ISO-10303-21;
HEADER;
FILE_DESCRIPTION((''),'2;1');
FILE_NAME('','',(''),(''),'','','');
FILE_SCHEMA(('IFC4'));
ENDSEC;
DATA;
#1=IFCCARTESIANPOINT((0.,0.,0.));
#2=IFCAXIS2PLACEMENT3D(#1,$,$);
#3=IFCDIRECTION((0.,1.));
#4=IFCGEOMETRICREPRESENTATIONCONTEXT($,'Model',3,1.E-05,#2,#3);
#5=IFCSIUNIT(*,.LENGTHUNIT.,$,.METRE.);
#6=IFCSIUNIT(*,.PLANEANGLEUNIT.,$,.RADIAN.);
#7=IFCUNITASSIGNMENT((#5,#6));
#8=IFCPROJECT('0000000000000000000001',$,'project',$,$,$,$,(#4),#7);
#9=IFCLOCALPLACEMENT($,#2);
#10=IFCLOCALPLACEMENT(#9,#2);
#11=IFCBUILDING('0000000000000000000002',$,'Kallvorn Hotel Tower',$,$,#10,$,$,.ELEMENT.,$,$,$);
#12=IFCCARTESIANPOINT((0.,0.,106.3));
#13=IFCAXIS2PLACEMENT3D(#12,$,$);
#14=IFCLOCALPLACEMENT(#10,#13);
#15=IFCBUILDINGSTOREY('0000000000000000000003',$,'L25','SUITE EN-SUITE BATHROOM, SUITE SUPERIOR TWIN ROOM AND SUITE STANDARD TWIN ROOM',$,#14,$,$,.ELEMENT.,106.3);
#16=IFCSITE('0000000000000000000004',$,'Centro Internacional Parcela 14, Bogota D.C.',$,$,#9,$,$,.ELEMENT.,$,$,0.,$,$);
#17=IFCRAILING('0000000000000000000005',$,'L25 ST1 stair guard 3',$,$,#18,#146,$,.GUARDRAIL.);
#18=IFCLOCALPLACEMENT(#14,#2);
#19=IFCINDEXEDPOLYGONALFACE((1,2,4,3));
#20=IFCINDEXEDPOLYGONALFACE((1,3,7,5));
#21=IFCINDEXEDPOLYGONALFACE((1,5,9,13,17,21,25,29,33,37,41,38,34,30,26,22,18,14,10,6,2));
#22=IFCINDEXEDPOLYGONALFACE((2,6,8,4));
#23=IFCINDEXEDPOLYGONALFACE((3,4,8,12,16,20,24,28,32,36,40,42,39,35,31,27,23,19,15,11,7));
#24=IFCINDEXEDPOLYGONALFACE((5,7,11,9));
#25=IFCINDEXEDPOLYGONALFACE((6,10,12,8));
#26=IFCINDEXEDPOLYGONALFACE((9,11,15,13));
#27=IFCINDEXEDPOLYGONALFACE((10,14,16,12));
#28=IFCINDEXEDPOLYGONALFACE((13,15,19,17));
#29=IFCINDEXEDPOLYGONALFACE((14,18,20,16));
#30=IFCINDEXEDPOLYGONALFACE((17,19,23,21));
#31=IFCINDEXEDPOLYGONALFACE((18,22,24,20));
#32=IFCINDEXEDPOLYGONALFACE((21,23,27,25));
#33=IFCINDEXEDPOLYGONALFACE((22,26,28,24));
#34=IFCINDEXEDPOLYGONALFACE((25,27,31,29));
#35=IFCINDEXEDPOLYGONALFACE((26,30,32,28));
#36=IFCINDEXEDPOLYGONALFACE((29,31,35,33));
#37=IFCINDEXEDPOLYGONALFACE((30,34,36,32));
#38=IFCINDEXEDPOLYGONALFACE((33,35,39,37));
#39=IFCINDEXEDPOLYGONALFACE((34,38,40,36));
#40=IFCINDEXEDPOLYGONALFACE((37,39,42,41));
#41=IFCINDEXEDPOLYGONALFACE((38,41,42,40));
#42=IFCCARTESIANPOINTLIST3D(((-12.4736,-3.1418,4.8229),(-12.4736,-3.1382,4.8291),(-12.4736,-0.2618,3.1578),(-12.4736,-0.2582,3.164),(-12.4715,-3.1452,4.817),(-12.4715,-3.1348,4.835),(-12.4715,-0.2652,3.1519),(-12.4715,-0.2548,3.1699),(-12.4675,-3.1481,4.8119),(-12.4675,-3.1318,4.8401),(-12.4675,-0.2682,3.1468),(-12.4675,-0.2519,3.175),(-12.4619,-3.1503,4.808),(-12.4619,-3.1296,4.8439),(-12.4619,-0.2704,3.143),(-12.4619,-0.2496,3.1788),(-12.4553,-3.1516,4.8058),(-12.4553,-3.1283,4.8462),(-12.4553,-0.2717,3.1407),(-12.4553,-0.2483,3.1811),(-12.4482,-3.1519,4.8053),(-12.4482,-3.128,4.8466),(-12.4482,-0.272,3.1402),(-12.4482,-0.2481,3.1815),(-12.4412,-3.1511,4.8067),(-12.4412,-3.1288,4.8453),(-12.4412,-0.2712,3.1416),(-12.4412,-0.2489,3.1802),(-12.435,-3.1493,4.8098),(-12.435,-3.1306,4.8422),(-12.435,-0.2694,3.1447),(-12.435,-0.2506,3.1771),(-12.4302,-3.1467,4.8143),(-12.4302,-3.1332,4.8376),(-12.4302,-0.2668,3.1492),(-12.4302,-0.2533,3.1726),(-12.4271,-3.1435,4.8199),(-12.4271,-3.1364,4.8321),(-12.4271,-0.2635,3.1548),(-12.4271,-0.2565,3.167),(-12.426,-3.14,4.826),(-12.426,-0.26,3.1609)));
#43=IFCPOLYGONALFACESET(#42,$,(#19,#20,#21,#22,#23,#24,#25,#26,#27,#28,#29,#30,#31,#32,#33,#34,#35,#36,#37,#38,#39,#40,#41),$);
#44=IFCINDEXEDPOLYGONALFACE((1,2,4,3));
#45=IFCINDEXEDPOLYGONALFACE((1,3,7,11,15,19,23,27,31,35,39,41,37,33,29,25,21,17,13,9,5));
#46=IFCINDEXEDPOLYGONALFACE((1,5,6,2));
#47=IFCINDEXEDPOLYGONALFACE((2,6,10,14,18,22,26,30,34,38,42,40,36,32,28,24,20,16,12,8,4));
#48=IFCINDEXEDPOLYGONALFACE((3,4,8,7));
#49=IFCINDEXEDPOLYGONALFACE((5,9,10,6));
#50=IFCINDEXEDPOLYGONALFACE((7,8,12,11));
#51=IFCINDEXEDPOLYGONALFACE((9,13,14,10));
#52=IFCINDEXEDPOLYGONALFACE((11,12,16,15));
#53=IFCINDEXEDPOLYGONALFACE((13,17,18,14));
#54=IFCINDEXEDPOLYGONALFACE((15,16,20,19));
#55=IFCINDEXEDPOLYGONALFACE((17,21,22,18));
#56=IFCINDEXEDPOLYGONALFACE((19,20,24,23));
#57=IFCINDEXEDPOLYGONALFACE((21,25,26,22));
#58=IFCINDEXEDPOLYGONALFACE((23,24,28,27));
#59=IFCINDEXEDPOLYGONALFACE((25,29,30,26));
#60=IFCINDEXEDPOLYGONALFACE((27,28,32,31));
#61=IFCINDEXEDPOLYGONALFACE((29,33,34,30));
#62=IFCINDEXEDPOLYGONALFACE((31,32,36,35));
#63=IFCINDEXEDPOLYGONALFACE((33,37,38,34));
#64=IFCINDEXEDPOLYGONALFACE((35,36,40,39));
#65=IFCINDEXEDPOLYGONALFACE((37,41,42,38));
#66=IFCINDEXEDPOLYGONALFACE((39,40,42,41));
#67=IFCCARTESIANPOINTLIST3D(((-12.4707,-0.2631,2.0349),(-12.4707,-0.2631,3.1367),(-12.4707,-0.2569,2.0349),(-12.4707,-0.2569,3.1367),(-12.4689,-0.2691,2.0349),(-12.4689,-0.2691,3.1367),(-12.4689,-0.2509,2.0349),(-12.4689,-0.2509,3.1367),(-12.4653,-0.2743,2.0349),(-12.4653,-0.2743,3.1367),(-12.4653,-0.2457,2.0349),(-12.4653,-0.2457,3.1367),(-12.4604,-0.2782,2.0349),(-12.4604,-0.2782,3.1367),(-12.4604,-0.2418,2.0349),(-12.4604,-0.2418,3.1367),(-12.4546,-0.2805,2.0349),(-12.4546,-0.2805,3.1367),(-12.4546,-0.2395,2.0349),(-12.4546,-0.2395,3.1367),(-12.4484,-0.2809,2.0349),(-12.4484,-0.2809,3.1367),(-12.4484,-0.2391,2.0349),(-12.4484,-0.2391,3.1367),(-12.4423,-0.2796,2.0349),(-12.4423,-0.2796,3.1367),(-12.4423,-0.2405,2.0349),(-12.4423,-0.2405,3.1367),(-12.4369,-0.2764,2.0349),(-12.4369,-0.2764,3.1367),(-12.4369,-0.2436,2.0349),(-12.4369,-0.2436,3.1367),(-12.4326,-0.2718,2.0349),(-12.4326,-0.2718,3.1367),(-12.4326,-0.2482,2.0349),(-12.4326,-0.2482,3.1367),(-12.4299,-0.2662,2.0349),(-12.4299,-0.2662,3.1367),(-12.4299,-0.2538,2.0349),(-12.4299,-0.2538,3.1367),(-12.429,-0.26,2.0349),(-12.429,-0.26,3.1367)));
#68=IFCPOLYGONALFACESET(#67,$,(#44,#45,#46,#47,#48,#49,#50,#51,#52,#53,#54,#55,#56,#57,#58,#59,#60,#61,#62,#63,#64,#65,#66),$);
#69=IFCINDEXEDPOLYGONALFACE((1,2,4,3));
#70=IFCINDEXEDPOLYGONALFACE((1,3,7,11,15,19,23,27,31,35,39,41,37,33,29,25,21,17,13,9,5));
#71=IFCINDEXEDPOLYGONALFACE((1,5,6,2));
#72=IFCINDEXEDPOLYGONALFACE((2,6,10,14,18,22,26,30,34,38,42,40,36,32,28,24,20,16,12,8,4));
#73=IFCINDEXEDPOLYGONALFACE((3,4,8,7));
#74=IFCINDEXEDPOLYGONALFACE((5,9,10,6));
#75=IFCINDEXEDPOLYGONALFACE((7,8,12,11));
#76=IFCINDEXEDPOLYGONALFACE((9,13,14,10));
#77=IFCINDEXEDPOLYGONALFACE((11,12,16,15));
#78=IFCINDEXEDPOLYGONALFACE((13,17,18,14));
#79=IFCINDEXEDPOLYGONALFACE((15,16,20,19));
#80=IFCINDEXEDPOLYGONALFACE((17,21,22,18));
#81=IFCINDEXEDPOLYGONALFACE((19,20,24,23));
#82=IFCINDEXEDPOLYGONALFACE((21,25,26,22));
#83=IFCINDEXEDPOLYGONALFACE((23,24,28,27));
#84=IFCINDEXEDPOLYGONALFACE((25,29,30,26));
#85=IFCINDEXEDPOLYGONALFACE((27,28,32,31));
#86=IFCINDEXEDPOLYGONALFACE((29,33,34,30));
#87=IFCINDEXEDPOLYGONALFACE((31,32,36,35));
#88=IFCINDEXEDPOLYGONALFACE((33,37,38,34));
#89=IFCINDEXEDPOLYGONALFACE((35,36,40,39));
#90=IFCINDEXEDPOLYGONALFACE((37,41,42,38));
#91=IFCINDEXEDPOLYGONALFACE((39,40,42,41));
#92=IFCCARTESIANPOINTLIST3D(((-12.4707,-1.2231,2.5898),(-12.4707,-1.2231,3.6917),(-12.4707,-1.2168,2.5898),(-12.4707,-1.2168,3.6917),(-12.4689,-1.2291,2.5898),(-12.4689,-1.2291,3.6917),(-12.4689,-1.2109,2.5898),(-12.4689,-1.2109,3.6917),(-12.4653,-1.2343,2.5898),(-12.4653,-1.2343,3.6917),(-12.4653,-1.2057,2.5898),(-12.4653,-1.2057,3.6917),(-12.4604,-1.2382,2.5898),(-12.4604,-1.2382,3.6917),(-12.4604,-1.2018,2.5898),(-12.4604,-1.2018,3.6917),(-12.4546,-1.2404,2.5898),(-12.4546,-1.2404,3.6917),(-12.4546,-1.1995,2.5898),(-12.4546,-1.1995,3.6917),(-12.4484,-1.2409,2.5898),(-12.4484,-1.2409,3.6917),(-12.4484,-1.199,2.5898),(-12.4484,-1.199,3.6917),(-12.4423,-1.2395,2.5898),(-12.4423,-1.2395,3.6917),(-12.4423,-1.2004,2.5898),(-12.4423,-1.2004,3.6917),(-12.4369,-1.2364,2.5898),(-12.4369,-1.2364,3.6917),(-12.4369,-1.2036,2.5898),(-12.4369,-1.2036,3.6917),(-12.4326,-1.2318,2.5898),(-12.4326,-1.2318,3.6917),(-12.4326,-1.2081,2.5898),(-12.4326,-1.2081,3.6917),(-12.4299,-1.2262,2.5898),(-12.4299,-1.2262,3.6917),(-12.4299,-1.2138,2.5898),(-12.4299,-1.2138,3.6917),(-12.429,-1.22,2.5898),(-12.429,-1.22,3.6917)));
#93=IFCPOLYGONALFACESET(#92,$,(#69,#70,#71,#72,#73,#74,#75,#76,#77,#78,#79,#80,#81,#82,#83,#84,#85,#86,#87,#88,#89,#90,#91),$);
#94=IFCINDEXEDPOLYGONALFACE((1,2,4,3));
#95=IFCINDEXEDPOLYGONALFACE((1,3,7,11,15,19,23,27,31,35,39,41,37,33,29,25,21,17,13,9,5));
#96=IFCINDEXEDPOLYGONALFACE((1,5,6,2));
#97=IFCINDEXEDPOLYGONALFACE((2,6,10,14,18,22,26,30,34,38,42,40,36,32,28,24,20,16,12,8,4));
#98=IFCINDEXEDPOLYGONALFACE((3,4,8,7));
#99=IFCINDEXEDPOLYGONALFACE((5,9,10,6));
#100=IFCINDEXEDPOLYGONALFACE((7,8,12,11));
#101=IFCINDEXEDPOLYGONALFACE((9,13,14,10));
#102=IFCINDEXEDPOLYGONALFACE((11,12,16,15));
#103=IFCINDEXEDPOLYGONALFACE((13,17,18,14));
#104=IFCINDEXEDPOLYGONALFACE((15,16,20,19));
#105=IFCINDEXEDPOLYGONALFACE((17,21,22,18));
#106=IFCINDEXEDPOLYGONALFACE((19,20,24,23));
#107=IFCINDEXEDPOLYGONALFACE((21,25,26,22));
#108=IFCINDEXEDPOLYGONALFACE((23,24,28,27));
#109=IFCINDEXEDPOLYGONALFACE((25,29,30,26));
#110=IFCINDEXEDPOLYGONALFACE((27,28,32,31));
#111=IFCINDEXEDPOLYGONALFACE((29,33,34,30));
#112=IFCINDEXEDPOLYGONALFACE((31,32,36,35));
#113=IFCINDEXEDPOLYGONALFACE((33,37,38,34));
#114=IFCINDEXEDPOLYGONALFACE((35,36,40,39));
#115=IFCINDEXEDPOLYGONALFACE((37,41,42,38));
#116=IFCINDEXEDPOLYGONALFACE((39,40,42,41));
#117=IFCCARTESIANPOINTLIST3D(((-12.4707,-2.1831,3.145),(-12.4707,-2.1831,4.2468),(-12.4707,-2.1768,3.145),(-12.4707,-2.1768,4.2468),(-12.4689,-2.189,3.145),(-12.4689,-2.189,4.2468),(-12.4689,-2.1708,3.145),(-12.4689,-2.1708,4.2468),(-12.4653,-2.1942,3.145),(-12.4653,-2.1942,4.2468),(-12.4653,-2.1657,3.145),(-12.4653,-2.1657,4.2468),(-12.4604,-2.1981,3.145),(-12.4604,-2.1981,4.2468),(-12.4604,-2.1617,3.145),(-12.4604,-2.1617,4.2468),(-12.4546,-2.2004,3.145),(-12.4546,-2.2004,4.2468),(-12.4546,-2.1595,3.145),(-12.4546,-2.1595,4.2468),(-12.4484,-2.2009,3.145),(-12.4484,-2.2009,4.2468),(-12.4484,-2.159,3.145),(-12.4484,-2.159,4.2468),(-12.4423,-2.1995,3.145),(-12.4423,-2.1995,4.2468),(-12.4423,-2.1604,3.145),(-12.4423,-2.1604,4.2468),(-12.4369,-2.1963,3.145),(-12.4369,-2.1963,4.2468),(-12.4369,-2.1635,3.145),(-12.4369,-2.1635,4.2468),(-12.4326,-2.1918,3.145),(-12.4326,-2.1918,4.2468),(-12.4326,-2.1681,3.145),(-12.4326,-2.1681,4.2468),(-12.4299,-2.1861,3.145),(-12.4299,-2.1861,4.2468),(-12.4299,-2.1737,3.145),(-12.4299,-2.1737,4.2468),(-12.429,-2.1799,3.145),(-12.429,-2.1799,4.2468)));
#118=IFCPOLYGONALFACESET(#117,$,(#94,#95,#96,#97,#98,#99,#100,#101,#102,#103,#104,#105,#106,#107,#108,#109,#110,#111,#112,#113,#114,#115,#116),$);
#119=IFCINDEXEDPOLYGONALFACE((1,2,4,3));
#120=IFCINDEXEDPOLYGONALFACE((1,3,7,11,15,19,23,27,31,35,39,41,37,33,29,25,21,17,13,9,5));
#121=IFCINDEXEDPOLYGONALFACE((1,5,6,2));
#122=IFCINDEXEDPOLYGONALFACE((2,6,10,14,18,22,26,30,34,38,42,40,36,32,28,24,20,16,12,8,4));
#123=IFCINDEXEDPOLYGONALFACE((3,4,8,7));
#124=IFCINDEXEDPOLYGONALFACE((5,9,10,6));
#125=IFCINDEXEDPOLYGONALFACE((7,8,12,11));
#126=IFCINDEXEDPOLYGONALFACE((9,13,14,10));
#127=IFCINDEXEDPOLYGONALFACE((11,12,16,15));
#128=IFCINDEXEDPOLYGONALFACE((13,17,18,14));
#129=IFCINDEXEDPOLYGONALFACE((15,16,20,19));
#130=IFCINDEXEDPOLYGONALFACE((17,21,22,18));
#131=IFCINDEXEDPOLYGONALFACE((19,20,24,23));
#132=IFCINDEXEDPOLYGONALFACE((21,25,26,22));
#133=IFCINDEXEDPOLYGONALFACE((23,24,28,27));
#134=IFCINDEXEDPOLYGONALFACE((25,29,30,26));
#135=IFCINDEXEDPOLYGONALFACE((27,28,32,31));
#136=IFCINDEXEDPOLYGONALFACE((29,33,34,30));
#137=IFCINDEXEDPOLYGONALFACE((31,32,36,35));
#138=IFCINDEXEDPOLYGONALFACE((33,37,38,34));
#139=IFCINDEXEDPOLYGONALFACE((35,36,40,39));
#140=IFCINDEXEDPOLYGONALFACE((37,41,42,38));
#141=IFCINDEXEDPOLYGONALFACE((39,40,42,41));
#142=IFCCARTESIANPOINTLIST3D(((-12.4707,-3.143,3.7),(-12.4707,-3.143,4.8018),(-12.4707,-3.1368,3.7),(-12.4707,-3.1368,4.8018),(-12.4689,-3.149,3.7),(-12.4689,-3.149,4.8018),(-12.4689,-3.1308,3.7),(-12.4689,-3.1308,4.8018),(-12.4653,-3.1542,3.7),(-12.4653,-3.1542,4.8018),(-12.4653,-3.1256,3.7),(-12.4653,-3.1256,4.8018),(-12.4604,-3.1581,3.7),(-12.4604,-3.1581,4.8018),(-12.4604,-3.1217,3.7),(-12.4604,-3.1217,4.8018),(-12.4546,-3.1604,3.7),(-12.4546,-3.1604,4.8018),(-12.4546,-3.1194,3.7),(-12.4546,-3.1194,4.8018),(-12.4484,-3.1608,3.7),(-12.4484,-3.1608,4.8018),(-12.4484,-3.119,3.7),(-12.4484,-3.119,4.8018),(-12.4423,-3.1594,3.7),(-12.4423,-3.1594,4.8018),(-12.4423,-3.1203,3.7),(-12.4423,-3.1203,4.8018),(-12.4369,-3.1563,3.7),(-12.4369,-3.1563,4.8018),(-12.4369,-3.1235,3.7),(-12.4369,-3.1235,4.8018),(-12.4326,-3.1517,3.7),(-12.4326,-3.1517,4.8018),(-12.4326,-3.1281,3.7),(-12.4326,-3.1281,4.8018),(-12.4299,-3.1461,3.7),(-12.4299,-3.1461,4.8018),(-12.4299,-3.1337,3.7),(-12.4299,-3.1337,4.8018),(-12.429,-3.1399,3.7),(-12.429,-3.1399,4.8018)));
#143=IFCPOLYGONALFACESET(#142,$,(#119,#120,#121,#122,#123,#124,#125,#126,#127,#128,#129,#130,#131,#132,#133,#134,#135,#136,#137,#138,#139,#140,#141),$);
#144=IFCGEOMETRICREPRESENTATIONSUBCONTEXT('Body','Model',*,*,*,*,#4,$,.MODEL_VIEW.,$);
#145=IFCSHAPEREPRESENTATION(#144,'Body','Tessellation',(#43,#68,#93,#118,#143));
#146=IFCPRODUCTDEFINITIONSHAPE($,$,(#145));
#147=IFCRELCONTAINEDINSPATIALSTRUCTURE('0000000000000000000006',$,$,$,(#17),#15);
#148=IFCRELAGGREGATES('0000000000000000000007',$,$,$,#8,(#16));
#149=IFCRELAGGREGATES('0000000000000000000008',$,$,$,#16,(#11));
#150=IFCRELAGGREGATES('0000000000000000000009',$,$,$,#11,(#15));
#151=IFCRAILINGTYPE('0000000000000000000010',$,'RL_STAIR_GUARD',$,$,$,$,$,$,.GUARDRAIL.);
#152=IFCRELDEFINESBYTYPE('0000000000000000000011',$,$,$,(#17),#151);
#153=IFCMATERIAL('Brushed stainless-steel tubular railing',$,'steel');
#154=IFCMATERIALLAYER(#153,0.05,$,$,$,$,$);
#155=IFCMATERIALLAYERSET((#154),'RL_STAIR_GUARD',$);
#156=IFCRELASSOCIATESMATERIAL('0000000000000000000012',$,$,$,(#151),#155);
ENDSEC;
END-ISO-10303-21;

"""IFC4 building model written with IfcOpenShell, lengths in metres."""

from ifc_helpers import new_model, si_unit, direction, frame, origin, origin_2d, place, context, subcontext, project, spatial, circle, extrude, material, layer, layer_set, type_object, element, save


model = new_model("IFC4")

# Units and contexts
model_context = context("Model", 3, precision=1e-05, world=origin(), true_north=direction((0.0, 1.0)))
body_context = subcontext(model_context, "Body", "Model", "MODEL_VIEW")
ifc_project = project(units=[si_unit("LENGTHUNIT", "METRE"), si_unit("PLANEANGLEUNIT", "RADIAN")], contexts=[model_context])

# Site, building, storey
site_placement = place(None, origin())
site = spatial("IfcSite", under=ifc_project, at=site_placement, Name="Centro Internacional Parcela 14, Bogota D.C.", CompositionType="ELEMENT", RefElevation=0.0)
building_placement = place(site_placement, origin())
building = spatial("IfcBuilding", under=site, at=building_placement, Name="Kallvorn Hotel Tower", CompositionType="ELEMENT")
storey_placement = place(building_placement, frame((0.0, 0.0, 106.3)))
storey = spatial("IfcBuildingStorey", under=building, at=storey_placement, Name="L25", Description="SUITE EN-SUITE BATHROOM, SUITE SUPERIOR TWIN ROOM AND SUITE STANDARD TWIN ROOM", CompositionType="ELEMENT", Elevation=106.3)

# Railing
ifc_material_1 = material(Name="Brushed stainless-steel tubular railing", Category="steel")
ifc_layer_1 = layer(ifc_material_1, 0.05)
ifc_layer_set_1 = layer_set([ifc_layer_1], Name="RL_STAIR_GUARD")
railing_type_1 = type_object("IfcRailingType", Name="RL_STAIR_GUARD", PredefinedType="GUARDRAIL", material=ifc_layer_set_1)
railing_1_placement = place(storey_placement, frame((-12.45, -0.26, 2.0349)))
element("IfcRailing", 1, at=railing_1_placement, inside=storey, type_object=railing_type_1, Name="L25 ST1 stair guard 3", PredefinedType="GUARDRAIL", context=body_context, shape_type="SweptSolid", body=[
    extrude(circle(Radius=0.0239, at=origin_2d()), frame((0.0, 0.0, 1.126), z_axis=(0.0, -0.865721, 0.500527), x_axis=(1.0, 0.0, 0.0)), (0.0, 0.0, 1.0), 3.3267),
    extrude(circle(Radius=0.021, at=origin_2d()), origin(), (0.0, 0.0, 1.0), 1.1018),
    extrude(circle(Radius=0.021, at=origin_2d()), frame((0.0, -0.96, 0.5549)), (0.0, 0.0, 1.0), 1.1018),
    extrude(circle(Radius=0.021, at=origin_2d()), frame((0.0, -1.9199, 1.1101)), (0.0, 0.0, 1.0), 1.1018),
    extrude(circle(Radius=0.021, at=origin_2d()), frame((0.0, -2.8799, 1.665)), (0.0, 0.0, 1.0), 1.1018),
])

save(model, "model.ifc")
